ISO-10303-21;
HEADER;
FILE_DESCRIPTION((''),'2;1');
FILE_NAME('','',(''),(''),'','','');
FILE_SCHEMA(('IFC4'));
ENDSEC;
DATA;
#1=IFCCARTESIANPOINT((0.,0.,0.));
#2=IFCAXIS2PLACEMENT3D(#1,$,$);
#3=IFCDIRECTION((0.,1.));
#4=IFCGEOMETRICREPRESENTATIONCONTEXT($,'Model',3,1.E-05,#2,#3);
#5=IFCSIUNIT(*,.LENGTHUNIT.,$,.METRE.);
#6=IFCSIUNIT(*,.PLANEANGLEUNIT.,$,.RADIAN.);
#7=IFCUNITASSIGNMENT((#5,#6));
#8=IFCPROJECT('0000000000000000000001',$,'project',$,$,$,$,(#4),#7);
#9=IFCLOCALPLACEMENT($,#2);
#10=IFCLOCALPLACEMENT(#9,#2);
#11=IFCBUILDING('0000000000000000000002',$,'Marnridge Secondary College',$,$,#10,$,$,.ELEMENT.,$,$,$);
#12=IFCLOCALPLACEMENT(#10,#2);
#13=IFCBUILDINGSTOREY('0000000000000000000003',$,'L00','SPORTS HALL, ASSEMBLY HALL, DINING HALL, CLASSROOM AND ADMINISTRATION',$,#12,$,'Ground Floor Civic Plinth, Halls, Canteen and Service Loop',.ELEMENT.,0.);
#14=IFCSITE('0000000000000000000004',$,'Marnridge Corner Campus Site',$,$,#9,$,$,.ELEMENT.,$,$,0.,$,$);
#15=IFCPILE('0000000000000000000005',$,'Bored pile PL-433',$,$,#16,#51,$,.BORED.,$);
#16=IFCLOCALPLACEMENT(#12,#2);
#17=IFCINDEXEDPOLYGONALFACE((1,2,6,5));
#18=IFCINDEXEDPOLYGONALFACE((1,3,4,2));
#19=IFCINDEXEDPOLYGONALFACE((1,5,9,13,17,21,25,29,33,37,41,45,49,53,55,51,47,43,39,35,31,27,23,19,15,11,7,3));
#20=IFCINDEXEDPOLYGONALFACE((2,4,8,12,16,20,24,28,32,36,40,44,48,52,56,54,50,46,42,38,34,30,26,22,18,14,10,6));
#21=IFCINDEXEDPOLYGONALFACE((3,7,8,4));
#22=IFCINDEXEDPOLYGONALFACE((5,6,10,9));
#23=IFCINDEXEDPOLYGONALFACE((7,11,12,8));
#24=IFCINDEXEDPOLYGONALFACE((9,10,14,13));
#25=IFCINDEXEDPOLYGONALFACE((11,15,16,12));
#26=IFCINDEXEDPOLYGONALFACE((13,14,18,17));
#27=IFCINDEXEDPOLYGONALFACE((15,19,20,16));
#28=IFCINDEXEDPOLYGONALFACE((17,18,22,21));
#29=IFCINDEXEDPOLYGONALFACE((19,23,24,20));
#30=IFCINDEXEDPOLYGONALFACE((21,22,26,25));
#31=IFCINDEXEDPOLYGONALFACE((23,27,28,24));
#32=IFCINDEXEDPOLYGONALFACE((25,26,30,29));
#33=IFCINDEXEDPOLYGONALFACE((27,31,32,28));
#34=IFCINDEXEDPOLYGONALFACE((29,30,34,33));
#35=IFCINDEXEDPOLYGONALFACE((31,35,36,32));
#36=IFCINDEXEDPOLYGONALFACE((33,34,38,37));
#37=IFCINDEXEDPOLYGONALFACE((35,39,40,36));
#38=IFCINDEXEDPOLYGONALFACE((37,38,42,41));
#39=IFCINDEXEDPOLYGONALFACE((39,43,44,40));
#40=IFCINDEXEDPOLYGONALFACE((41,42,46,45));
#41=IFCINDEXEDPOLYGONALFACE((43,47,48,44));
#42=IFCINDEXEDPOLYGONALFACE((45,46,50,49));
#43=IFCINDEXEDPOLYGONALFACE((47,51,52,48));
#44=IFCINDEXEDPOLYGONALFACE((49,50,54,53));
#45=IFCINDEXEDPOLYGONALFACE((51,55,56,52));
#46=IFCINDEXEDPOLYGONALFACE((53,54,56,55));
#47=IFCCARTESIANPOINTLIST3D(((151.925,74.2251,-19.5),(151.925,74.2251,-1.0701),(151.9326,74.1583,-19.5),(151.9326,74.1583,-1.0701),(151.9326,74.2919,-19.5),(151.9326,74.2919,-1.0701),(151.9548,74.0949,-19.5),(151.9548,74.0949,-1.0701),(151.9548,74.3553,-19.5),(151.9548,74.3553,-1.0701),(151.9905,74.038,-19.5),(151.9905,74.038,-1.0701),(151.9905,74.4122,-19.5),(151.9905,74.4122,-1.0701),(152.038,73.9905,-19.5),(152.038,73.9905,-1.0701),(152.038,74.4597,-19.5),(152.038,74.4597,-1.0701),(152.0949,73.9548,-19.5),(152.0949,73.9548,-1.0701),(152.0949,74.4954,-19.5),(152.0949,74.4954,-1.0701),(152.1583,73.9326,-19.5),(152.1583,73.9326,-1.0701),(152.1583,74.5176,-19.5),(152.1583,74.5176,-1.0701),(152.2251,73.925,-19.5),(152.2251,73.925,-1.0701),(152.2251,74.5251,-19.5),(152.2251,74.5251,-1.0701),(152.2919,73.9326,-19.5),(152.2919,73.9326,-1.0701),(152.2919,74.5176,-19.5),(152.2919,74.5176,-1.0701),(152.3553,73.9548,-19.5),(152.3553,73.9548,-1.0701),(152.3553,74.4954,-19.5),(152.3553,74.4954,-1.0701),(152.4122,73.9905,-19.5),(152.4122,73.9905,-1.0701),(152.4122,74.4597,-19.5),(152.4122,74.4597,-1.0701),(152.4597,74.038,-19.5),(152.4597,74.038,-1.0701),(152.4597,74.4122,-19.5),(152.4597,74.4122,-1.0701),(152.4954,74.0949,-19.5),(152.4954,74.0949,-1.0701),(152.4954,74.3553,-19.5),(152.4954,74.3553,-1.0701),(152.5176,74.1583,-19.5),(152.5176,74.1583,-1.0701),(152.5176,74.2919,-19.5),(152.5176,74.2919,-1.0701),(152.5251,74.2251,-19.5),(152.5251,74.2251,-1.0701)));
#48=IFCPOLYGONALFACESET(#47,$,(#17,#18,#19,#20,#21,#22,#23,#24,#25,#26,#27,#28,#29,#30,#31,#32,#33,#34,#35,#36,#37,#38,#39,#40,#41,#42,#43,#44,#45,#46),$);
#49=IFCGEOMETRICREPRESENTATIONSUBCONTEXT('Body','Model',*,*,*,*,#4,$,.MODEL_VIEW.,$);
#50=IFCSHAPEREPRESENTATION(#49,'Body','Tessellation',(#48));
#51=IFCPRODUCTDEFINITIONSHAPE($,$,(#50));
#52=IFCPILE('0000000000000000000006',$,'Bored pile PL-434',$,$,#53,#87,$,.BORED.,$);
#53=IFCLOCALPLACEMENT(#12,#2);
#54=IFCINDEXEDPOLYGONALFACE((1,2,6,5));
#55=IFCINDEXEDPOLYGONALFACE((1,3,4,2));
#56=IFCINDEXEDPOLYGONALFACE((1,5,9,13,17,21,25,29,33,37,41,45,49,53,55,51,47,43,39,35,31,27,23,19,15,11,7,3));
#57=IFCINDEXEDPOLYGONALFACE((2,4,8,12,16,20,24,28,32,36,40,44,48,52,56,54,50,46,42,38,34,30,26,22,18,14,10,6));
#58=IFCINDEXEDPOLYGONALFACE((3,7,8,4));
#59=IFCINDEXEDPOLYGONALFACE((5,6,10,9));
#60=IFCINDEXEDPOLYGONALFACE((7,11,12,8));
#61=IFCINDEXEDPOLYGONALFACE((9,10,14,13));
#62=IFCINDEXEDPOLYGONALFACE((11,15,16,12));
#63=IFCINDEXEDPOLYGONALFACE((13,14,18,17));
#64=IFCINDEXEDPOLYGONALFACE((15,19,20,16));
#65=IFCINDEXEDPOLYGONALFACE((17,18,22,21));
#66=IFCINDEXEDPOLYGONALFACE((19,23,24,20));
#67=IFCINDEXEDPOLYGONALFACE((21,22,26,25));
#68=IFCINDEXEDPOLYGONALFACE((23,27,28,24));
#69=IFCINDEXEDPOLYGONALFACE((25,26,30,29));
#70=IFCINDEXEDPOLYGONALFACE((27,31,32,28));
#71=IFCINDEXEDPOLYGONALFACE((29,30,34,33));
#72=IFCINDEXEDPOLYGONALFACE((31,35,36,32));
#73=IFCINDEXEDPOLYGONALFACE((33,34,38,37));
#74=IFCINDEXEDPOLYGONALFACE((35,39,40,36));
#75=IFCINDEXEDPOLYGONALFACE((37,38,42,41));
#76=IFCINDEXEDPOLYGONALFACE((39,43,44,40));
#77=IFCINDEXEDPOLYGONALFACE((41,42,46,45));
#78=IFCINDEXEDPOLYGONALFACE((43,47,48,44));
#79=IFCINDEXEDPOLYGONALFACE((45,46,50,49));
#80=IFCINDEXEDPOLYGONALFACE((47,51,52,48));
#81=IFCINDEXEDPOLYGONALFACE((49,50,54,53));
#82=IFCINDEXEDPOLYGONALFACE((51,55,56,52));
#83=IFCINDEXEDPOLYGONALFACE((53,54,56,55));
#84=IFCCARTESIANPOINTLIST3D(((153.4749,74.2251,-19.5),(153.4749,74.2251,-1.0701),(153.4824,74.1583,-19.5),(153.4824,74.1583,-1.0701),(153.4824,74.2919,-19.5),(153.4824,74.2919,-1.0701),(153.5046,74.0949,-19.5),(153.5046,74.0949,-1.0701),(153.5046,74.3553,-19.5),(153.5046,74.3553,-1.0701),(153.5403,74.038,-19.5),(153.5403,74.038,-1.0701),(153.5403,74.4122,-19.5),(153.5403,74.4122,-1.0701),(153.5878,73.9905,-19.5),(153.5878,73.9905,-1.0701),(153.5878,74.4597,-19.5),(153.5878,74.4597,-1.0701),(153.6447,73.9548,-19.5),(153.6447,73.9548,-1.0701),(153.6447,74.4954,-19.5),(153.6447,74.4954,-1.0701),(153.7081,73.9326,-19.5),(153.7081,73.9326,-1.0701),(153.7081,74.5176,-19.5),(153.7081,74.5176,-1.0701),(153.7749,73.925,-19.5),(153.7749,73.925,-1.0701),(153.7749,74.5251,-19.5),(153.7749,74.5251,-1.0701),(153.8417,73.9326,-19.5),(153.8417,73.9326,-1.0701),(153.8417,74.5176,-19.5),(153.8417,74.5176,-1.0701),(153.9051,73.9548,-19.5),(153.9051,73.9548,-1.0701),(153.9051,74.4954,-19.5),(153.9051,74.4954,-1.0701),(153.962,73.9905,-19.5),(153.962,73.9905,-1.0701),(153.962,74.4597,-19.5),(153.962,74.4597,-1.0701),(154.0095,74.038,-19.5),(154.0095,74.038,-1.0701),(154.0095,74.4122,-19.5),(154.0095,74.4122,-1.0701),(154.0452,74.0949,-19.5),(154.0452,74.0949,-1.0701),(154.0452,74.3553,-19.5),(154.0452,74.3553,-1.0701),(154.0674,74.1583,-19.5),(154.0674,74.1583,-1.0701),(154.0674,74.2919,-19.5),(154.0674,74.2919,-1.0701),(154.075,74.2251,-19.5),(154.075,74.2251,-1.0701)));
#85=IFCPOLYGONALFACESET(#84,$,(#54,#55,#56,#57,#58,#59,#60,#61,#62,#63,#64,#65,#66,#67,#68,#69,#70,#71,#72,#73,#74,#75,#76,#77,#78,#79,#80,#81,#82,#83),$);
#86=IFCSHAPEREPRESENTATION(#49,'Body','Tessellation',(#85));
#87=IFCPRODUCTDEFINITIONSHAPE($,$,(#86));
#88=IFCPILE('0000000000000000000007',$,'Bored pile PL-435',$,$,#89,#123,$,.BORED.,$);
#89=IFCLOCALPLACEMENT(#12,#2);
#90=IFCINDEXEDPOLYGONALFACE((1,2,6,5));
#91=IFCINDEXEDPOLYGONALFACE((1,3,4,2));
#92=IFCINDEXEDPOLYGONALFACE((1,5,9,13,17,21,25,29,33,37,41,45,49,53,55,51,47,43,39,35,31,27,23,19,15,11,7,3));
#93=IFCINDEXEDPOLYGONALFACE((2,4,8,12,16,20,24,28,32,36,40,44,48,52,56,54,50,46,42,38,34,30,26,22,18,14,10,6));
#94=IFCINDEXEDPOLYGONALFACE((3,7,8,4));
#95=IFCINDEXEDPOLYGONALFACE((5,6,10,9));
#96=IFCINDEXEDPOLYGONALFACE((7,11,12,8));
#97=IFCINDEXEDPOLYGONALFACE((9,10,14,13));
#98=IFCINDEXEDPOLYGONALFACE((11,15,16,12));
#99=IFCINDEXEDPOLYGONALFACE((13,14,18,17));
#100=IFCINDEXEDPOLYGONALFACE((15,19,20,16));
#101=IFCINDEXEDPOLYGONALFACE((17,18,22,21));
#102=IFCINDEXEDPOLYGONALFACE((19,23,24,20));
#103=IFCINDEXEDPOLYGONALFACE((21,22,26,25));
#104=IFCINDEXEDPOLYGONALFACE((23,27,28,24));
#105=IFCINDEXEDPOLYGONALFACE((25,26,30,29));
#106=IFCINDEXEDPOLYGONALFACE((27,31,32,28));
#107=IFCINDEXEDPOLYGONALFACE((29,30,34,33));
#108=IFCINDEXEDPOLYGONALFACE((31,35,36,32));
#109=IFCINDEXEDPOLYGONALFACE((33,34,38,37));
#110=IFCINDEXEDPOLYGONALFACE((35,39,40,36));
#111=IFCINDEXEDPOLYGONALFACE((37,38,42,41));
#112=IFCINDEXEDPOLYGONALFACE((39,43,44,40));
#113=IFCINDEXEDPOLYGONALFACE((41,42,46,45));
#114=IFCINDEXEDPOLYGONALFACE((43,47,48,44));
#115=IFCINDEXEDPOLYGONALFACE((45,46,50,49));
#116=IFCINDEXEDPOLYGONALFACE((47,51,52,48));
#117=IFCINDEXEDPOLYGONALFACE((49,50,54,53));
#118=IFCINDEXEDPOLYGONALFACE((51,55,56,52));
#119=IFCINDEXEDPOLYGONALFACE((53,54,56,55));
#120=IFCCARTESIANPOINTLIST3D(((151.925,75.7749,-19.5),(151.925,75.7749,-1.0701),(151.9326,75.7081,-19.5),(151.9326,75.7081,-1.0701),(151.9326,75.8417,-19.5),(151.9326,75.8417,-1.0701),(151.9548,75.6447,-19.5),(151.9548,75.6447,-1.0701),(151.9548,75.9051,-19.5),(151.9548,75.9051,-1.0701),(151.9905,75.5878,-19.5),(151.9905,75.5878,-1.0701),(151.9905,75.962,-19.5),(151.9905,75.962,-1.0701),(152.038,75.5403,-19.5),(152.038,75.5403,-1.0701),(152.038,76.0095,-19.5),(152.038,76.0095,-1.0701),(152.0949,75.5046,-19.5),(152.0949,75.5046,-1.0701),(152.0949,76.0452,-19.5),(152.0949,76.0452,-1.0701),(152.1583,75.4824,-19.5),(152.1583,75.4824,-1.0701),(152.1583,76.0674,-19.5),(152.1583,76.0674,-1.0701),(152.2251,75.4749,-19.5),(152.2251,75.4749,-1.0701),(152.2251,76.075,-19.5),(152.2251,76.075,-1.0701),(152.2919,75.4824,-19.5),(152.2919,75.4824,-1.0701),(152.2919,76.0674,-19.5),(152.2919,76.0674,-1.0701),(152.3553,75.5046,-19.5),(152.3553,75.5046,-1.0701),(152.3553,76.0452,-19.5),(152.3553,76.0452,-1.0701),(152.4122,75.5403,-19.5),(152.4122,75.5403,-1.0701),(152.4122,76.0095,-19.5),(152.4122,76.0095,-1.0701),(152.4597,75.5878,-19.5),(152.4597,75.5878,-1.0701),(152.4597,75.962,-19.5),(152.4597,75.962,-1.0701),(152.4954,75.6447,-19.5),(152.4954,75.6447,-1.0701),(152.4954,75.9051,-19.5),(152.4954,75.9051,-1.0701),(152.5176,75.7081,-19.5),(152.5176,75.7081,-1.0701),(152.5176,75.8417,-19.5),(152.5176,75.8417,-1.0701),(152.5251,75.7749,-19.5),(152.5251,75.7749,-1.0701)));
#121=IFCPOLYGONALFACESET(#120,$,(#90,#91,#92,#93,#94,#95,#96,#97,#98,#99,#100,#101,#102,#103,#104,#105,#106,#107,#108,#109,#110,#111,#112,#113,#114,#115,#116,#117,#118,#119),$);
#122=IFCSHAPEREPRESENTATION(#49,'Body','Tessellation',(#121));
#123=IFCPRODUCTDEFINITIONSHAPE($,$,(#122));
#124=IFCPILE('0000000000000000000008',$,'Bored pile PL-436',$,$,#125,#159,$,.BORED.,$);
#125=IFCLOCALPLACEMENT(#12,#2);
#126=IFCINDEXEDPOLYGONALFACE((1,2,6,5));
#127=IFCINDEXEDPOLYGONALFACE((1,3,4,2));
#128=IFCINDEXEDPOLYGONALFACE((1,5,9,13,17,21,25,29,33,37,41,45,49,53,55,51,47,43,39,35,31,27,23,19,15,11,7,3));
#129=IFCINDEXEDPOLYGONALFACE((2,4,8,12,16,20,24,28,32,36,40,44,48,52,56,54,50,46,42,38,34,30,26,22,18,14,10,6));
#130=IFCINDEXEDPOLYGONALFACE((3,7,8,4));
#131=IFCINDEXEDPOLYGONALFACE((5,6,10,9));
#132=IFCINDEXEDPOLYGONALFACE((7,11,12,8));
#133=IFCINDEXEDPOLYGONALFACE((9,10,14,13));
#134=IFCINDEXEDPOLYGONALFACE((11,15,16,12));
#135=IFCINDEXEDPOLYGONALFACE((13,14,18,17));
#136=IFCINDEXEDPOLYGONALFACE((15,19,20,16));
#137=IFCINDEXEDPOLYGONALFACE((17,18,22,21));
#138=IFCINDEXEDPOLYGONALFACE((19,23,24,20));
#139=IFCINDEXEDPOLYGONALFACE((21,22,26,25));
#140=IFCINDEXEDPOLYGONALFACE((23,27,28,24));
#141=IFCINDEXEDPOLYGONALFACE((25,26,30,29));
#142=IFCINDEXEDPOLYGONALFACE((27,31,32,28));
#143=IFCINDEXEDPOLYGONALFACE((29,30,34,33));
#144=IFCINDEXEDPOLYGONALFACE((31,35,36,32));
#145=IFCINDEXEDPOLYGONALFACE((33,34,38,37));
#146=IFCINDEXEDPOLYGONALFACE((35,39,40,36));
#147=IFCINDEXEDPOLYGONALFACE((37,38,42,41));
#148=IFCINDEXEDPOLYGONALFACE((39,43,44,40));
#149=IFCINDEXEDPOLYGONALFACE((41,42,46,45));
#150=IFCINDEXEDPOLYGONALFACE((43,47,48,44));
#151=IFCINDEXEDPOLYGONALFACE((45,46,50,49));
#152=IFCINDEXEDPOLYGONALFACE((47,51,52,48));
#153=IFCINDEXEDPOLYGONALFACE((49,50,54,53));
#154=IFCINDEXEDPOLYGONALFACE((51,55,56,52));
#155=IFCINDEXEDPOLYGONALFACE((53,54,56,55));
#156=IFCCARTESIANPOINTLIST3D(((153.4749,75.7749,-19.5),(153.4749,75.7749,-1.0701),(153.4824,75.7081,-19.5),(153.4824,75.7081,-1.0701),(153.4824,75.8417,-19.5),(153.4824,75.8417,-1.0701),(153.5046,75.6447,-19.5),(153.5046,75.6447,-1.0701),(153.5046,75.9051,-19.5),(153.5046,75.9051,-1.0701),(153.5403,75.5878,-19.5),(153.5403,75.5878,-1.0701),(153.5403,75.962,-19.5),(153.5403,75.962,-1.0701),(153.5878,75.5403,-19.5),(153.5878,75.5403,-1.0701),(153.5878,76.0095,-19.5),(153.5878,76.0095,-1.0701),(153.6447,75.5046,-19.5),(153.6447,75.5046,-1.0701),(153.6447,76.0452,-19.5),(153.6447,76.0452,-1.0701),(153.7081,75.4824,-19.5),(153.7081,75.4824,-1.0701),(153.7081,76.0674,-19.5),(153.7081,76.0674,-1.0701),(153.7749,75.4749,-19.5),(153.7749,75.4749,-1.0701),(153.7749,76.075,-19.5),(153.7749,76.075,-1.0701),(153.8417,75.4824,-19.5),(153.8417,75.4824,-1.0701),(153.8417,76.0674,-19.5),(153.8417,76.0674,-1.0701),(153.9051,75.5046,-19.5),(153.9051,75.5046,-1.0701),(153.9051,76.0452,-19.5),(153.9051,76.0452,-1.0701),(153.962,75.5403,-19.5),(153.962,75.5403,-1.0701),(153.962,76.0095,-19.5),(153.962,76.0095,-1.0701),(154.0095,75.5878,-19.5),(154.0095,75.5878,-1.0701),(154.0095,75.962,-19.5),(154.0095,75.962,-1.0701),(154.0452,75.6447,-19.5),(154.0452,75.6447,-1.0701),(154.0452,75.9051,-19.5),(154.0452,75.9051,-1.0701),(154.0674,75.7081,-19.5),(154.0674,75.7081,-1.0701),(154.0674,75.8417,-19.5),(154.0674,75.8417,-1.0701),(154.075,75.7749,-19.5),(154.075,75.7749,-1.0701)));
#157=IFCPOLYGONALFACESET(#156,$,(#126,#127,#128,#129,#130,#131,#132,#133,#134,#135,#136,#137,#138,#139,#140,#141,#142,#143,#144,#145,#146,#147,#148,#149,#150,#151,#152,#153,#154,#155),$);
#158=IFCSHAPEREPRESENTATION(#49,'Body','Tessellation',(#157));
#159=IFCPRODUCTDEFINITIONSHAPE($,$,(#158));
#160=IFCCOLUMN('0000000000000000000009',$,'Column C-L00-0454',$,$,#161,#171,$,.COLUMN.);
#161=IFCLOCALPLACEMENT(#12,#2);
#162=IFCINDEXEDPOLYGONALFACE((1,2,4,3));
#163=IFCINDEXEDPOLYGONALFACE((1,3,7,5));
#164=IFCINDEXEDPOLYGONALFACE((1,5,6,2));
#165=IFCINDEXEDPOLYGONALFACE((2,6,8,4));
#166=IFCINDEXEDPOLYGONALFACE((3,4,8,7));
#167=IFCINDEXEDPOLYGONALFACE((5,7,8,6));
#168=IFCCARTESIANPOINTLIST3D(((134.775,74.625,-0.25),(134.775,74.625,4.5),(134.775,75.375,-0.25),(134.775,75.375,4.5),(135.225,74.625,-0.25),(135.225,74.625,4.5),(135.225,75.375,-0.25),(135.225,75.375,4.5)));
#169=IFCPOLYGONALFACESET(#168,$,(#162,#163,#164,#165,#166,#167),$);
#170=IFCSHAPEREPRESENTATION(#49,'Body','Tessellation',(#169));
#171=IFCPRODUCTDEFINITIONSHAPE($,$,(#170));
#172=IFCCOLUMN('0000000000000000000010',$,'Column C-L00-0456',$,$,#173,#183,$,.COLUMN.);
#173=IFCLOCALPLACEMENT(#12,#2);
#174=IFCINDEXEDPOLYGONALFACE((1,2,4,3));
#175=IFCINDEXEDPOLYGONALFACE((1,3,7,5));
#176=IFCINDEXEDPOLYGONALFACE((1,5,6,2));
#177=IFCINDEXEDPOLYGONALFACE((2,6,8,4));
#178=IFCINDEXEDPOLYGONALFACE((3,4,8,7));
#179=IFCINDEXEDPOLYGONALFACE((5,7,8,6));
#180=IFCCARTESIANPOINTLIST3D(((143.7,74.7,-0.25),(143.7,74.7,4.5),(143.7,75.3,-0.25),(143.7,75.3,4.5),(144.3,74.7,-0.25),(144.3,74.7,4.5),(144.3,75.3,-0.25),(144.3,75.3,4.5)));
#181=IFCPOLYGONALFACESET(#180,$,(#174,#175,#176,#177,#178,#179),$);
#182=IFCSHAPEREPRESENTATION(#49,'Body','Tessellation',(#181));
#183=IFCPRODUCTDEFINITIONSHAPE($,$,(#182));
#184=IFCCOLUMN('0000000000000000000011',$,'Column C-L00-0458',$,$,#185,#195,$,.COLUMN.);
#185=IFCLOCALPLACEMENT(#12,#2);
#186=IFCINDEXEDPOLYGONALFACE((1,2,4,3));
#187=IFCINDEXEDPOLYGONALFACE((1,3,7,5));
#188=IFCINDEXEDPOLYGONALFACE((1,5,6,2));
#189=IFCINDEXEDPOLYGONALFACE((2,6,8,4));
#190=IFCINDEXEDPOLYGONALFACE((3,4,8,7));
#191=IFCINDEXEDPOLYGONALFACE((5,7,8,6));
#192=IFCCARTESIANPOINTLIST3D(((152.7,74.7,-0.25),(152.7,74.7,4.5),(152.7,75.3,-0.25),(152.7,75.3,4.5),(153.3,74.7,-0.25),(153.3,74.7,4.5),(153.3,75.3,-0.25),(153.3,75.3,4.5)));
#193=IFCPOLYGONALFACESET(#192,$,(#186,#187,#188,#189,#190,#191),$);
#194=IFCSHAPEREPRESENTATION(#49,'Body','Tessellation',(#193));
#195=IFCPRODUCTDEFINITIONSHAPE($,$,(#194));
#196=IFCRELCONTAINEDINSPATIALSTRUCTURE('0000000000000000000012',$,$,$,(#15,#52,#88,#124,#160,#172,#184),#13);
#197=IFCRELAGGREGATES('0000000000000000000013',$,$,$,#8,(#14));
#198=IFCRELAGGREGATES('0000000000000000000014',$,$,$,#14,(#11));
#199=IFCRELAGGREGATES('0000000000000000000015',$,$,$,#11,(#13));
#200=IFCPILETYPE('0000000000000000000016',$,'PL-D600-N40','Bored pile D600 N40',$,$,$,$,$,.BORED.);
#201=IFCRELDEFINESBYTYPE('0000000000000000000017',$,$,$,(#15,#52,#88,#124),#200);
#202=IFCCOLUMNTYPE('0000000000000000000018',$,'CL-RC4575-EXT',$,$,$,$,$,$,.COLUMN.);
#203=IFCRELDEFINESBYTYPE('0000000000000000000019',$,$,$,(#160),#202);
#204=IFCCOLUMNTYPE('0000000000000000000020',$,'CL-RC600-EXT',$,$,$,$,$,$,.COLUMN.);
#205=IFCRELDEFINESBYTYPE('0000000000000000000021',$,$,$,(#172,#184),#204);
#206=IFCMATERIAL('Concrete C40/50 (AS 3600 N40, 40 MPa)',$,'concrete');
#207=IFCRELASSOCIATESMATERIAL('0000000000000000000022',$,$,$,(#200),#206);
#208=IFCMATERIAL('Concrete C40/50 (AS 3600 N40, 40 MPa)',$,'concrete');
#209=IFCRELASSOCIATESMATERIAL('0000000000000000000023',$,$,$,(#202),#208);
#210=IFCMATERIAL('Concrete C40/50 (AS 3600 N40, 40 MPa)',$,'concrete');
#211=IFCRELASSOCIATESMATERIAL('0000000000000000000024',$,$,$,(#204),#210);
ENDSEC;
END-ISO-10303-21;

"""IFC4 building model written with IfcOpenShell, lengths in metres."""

from ifc_helpers import new_model, si_unit, direction, frame, origin, origin_2d, place, context, subcontext, project, spatial, rectangle, circle, extrude, material, material_profile, profile_set, type_object, element, save


model = new_model("IFC4")

# Units and contexts
model_context = context("Model", 3, precision=1e-05, world=origin(), true_north=direction((0.0, 1.0)))
body_context = subcontext(model_context, "Body", "Model", "MODEL_VIEW")
ifc_project = project(units=[si_unit("LENGTHUNIT", "METRE"), si_unit("PLANEANGLEUNIT", "RADIAN")], contexts=[model_context])

# Site, building, storey
site_placement = place(None, origin())
site = spatial("IfcSite", under=ifc_project, at=site_placement, Name="Marnridge Corner Campus Site", CompositionType="ELEMENT", RefElevation=0.0)
building_placement = place(site_placement, origin())
building = spatial("IfcBuilding", under=site, at=building_placement, Name="Marnridge Secondary College", CompositionType="ELEMENT")
storey_placement = place(building_placement, origin())
storey = spatial("IfcBuildingStorey", under=building, at=storey_placement, Name="L00", Description="SPORTS HALL, ASSEMBLY HALL, DINING HALL, CLASSROOM AND ADMINISTRATION", LongName="Ground Floor Civic Plinth, Halls, Canteen and Service Loop", CompositionType="ELEMENT", Elevation=0.0)

# Piles
ifc_material_1 = material(Name="Concrete C40/50 (AS 3600 N40, 40 MPa)", Category="concrete")
ifc_material_profile_1 = material_profile(ifc_material_1, circle(Radius=0.3, at=origin_2d()), Name="PILE D600")
ifc_profile_set_1 = profile_set([ifc_material_profile_1], Name="Concrete C40/50 (AS 3600 N40, 40 MPa)")
pile_type = type_object("IfcPileType", Name="PL-D600-N40", Description="Bored pile D600 N40", PredefinedType="BORED", material=ifc_profile_set_1)
for number, where, z_axis, x_axis, name in (
    (1, (152.2251, 74.2251, -1.0701), (0.0, 0.0, -1.0), (1.0, 0.0, 0.0), "Bored pile PL-433"),
    (2, (153.7749, 74.2251, -1.0701), (0.0, 0.0, -1.0), (1.0, 0.0, 0.0), "Bored pile PL-434"),
    (3, (152.2251, 75.7749, -1.0701), (0.0, 0.0, -1.0), (1.0, 0.0, 0.0), "Bored pile PL-435"),
    (4, (153.7749, 75.7749, -1.0701), (0.0, 0.0, -1.0), (1.0, 0.0, 0.0), "Bored pile PL-436"),
):
    element("IfcPile", number, at=place(storey_placement, frame(where, z_axis=z_axis, x_axis=x_axis)), inside=storey, type_object=pile_type, Name=name, PredefinedType="BORED", context=body_context, shape_type="SweptSolid", body=[
        extrude(circle(Radius=0.3, at=origin_2d()), origin(), (0.0, 0.0, 1.0), 18.4299),
    ])

# Columns
ifc_material_2 = material(Name="Concrete C40/50 (AS 3600 N40, 40 MPa)", Category="concrete")
ifc_material_profile_2 = material_profile(ifc_material_2, rectangle(XDim=0.45, YDim=0.75, at=origin_2d()), Name="RC 450x750")
ifc_profile_set_2 = profile_set([ifc_material_profile_2], Name="Concrete C40/50 (AS 3600 N40, 40 MPa)")
column_type_1 = type_object("IfcColumnType", Name="CL-RC4575-EXT", PredefinedType="COLUMN", material=ifc_profile_set_2)
column_placement = place(storey_placement, frame((135.0, 75.0, -0.25), z_axis=(0.0, 0.0, 1.0), x_axis=(1.0, 0.0, 0.0)))
element("IfcColumn", 5, at=column_placement, inside=storey, type_object=column_type_1, Name="Column C-L00-0454", PredefinedType="COLUMN", context=body_context, shape_type="SweptSolid", body=[
    extrude(rectangle(XDim=0.45, YDim=0.75, at=origin_2d()), origin(), (0.0, 0.0, 1.0), 4.75),
])
ifc_material_3 = material(Name="Concrete C40/50 (AS 3600 N40, 40 MPa)", Category="concrete")
ifc_material_profile_3 = material_profile(ifc_material_3, rectangle(XDim=0.6001, YDim=0.6001, at=origin_2d()), Name="RC 600x600")
ifc_profile_set_3 = profile_set([ifc_material_profile_3], Name="Concrete C40/50 (AS 3600 N40, 40 MPa)")
column_type_2 = type_object("IfcColumnType", Name="CL-RC600-EXT", PredefinedType="COLUMN", material=ifc_profile_set_3)
for number, where, z_axis, x_axis, name in (
    (6, (144.0, 75.0, -0.25), (0.0, 0.0, 1.0), (1.0, 0.0, 0.0), "Column C-L00-0456"),
    (7, (153.0, 75.0, -0.25), (0.0, 0.0, 1.0), (1.0, 0.0, 0.0), "Column C-L00-0458"),
):
    element("IfcColumn", number, at=place(storey_placement, frame(where, z_axis=z_axis, x_axis=x_axis)), inside=storey, type_object=column_type_2, Name=name, PredefinedType="COLUMN", context=body_context, shape_type="SweptSolid", body=[
        extrude(rectangle(XDim=0.6001, YDim=0.6001, at=origin_2d()), origin(), (0.0, 0.0, 1.0), 4.75),
    ])

save(model, "model.ifc")
